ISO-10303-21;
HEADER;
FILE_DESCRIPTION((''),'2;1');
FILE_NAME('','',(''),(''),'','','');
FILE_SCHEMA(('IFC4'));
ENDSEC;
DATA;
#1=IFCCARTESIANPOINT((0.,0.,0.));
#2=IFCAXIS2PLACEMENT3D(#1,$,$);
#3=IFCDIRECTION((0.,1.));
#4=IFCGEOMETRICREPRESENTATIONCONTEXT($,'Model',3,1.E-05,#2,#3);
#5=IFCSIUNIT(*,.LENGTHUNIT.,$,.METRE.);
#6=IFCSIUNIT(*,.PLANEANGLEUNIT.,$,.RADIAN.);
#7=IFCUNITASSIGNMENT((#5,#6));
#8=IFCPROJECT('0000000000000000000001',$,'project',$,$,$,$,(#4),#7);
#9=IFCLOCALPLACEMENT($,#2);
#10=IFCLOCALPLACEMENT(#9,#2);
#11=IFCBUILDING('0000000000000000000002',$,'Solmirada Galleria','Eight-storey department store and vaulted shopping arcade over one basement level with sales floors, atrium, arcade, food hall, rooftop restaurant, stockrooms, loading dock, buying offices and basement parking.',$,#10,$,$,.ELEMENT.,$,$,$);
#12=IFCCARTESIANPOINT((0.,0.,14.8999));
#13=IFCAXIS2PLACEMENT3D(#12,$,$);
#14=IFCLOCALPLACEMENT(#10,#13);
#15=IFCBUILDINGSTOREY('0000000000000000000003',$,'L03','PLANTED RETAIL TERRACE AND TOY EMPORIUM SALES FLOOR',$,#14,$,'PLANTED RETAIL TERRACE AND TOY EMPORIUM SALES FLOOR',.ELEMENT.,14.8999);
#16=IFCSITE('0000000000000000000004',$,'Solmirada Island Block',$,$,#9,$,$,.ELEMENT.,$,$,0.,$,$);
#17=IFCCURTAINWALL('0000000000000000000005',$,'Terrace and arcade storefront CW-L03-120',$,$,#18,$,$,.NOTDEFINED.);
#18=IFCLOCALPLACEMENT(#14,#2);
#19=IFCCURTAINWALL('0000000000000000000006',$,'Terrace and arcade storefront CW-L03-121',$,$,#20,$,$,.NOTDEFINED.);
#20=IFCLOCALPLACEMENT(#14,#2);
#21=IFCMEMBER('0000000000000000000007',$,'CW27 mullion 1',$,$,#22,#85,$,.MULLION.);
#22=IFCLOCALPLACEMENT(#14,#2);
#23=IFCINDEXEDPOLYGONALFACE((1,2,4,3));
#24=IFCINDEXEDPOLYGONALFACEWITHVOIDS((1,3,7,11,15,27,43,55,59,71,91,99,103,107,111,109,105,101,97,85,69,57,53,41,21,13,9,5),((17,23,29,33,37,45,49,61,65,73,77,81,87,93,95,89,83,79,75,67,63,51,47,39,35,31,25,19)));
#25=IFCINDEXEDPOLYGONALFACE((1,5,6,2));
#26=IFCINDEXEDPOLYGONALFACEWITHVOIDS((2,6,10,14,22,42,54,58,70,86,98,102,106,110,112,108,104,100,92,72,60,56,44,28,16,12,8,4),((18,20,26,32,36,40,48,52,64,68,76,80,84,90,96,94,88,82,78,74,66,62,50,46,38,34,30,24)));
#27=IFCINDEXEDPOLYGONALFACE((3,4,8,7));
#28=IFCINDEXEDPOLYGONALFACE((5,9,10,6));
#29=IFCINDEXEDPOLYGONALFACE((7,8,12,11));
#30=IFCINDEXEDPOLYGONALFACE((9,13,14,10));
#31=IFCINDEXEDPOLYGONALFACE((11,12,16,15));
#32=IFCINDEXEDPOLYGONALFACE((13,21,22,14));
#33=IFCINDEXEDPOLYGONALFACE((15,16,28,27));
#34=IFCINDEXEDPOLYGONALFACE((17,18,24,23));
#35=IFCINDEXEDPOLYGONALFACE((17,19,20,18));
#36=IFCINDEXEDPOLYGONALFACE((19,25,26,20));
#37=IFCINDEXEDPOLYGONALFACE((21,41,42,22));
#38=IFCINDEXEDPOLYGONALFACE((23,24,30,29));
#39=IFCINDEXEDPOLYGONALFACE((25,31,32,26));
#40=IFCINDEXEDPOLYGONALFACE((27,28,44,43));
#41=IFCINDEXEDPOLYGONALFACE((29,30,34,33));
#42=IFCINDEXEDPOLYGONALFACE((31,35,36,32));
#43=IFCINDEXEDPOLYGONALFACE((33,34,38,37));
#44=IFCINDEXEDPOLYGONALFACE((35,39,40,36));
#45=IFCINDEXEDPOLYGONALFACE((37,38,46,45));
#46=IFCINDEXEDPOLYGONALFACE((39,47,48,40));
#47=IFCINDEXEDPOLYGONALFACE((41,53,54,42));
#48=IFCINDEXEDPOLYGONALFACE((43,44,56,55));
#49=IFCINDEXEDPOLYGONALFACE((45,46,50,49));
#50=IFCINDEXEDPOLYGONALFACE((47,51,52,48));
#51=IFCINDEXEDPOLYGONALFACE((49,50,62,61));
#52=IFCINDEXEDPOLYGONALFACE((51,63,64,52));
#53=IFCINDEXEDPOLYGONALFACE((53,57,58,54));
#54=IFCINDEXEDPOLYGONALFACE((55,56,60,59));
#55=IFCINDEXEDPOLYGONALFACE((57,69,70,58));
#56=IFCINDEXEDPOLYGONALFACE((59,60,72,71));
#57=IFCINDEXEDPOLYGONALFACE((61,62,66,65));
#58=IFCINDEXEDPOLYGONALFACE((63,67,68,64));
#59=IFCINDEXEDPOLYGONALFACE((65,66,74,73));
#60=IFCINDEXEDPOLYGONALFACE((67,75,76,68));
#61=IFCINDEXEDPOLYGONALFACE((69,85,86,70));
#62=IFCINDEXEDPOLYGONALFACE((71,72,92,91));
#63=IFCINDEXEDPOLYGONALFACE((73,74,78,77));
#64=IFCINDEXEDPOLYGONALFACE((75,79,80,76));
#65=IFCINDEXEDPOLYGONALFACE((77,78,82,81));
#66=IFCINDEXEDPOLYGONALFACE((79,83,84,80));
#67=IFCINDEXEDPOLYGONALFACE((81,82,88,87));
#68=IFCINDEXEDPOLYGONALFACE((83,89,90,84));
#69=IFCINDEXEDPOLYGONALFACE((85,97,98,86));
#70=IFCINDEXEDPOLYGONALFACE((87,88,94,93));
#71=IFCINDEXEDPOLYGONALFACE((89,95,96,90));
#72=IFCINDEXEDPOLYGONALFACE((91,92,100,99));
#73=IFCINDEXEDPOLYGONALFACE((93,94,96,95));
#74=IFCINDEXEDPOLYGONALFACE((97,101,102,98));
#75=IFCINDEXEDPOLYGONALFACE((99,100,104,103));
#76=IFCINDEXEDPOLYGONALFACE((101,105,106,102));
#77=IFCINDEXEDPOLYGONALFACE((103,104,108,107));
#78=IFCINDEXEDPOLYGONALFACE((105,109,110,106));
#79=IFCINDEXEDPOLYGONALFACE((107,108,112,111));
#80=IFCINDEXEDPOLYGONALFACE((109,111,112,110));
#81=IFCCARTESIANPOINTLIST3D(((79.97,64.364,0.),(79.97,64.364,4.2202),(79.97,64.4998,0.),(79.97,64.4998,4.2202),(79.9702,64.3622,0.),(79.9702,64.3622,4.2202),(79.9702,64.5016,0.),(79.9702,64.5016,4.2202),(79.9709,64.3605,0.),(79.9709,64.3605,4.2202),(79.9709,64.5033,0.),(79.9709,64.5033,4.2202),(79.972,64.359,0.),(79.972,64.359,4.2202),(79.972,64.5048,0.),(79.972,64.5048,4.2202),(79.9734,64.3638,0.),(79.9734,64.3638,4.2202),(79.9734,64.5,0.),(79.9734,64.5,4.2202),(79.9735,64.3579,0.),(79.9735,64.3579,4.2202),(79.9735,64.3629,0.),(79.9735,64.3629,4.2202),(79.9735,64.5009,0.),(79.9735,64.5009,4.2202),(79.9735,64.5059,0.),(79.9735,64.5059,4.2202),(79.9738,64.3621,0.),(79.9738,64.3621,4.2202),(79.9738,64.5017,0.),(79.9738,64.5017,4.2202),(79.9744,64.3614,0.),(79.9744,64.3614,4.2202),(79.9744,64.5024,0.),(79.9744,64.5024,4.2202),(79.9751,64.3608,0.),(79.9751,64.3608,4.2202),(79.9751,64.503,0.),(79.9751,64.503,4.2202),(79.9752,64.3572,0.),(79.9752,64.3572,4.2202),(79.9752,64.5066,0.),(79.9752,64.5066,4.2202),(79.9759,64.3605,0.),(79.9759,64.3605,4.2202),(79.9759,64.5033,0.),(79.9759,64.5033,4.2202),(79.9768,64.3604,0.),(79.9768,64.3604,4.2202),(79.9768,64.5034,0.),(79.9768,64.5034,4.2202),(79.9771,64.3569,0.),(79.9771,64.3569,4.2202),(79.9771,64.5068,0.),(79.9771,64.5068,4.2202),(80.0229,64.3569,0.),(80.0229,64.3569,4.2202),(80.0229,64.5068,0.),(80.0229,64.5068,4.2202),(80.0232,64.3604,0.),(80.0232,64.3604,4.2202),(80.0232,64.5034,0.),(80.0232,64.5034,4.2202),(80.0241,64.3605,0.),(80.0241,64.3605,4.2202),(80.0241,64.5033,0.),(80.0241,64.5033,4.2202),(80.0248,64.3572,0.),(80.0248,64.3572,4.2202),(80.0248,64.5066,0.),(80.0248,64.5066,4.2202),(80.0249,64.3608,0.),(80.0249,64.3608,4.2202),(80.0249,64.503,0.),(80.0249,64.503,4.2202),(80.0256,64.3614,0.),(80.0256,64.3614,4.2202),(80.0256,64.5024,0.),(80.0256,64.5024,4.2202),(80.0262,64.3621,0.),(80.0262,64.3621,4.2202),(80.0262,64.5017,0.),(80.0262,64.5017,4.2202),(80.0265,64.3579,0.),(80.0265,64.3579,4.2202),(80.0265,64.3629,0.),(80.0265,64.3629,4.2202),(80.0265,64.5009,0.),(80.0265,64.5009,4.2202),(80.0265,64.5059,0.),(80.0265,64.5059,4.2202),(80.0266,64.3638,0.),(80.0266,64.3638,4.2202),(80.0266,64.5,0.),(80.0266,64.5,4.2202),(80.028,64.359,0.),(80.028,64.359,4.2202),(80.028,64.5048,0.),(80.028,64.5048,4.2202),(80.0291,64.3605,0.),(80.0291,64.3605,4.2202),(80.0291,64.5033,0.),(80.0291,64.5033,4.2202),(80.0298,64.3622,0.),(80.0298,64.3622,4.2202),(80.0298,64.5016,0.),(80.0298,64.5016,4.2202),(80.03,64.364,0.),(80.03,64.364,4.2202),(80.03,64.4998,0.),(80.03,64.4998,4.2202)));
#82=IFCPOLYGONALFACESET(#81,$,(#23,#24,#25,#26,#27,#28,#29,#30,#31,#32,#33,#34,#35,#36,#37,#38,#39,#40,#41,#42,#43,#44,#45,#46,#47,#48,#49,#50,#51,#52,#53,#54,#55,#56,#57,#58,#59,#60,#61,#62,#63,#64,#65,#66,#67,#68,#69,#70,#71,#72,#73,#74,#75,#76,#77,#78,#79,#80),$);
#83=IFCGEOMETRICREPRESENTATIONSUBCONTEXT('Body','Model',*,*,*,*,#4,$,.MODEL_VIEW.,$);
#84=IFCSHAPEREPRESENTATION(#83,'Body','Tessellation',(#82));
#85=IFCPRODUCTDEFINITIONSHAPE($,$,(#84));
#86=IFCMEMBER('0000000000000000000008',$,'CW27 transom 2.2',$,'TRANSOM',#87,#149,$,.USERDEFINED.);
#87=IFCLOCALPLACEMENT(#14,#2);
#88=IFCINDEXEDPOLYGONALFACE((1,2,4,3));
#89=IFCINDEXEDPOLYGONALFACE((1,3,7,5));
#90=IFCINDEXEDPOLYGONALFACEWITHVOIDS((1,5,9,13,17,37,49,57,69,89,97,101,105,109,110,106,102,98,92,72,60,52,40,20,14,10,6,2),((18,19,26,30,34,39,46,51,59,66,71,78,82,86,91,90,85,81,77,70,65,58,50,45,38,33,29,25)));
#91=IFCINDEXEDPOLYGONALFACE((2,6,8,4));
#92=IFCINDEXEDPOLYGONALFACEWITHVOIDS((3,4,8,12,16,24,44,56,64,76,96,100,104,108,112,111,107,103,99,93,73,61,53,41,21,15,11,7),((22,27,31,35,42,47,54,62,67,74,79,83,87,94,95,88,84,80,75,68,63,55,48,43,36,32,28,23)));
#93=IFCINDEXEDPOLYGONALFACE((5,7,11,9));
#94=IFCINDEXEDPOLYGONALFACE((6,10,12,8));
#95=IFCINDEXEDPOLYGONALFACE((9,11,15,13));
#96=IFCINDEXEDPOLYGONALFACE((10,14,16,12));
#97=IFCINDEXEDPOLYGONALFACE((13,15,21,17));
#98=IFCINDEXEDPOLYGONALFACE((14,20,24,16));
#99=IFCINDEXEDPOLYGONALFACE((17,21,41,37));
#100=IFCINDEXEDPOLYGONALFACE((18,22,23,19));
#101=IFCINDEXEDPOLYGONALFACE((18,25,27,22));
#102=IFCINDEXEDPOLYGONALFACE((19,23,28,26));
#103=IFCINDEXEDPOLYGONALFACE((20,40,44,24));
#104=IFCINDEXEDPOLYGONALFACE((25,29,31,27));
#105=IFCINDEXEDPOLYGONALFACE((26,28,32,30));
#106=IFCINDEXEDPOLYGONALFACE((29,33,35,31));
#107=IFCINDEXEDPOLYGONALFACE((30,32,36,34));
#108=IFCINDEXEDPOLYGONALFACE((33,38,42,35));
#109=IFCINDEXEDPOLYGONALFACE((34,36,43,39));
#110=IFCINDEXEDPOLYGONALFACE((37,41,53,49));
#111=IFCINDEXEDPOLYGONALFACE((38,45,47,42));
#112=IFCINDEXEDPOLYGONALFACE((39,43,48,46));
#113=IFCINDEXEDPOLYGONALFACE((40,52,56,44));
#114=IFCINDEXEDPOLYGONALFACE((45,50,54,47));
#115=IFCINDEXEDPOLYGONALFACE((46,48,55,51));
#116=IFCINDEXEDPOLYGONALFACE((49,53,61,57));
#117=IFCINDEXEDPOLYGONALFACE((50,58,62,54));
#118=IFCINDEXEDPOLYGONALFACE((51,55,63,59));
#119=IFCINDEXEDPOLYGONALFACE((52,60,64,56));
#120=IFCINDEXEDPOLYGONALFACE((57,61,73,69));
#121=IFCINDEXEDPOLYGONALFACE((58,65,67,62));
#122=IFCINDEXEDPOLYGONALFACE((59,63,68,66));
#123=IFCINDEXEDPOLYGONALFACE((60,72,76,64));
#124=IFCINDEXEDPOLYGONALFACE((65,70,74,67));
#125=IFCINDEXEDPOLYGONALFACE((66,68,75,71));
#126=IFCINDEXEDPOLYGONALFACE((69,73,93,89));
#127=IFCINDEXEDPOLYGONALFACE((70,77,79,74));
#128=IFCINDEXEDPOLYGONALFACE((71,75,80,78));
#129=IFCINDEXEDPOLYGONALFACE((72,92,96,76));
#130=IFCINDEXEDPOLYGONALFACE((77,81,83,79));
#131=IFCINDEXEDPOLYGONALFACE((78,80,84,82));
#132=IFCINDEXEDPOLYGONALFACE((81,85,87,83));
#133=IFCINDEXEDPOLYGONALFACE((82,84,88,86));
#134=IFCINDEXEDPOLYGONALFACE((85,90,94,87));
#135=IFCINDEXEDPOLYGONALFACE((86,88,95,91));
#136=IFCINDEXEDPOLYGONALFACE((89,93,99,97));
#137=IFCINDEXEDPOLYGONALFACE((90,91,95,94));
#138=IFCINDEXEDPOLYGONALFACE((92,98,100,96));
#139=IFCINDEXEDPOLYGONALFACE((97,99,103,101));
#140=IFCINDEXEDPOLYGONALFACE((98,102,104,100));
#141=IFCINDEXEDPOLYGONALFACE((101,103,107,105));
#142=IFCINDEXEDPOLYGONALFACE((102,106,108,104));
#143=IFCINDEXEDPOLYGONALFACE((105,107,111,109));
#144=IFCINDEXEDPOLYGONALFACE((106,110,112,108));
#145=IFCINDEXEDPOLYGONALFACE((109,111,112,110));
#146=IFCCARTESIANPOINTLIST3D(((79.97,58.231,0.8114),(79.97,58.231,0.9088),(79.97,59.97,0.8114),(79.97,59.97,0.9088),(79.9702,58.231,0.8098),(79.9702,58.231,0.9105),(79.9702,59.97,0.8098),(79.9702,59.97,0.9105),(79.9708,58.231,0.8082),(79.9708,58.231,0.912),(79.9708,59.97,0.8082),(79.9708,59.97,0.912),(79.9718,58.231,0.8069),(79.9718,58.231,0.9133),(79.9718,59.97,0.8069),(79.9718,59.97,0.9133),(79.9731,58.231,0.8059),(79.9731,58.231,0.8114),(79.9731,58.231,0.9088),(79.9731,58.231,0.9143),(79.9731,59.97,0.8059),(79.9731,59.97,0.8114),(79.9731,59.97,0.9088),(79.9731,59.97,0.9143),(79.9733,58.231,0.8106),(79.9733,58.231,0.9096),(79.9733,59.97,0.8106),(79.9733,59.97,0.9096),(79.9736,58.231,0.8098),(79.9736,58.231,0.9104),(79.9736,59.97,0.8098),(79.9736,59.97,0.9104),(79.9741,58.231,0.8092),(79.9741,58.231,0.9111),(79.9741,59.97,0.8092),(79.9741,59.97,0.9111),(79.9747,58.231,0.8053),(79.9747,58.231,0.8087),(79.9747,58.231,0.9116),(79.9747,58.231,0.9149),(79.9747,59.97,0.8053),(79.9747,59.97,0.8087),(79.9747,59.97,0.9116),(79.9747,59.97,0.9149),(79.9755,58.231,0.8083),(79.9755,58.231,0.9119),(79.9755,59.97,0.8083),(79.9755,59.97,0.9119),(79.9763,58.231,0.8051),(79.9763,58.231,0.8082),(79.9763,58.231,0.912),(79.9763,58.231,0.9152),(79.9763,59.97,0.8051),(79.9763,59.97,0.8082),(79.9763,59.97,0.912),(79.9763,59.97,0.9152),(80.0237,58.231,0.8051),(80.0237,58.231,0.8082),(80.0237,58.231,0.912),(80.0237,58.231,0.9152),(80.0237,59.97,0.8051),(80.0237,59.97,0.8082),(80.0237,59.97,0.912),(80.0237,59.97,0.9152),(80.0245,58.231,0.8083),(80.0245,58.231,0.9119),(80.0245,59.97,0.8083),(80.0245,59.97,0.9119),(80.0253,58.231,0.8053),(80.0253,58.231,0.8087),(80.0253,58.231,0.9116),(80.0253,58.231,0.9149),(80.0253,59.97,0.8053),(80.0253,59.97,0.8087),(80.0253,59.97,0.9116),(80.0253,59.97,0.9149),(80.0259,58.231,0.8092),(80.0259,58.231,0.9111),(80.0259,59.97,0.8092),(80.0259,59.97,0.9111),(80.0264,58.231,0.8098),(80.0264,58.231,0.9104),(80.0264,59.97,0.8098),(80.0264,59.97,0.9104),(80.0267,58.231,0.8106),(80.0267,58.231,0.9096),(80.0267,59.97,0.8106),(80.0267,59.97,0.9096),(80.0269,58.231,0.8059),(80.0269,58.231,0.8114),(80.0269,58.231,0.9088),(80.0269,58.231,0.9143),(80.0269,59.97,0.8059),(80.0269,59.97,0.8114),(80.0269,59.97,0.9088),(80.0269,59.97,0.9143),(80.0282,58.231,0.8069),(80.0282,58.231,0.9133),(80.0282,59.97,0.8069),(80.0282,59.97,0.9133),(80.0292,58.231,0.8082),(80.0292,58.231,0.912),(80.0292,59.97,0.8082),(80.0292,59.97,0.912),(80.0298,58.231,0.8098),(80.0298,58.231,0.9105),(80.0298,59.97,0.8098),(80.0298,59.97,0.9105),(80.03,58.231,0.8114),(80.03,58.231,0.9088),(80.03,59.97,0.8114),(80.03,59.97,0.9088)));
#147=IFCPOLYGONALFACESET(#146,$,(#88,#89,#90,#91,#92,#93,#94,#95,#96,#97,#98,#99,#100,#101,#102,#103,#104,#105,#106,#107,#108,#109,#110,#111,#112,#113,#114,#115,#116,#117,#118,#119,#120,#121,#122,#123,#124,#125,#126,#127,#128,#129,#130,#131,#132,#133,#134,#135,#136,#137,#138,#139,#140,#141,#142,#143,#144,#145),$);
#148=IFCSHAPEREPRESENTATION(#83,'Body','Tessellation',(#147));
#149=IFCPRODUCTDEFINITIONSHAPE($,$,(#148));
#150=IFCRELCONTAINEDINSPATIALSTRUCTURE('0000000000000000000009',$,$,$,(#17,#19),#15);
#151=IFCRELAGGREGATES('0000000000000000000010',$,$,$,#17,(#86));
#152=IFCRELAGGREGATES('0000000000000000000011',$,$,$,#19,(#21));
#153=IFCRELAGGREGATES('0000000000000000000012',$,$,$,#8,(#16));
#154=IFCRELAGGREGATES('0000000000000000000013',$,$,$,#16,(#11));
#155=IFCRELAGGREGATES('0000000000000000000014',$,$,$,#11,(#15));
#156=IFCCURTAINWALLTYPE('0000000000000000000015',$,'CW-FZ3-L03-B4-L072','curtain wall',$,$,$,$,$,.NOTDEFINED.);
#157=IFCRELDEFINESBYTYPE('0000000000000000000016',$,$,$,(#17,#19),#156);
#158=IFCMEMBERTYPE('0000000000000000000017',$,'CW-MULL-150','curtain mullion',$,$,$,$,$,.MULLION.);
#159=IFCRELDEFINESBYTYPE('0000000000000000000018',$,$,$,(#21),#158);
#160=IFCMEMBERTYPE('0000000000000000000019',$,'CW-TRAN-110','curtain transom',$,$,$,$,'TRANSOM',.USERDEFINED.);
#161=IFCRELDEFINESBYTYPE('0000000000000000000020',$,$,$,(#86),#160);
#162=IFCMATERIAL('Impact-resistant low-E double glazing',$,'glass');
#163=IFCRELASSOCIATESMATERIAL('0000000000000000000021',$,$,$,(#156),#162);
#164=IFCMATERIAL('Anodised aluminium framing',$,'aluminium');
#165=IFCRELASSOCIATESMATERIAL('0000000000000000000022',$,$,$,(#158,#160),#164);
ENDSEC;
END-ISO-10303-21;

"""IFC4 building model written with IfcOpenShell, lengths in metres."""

from ifc_helpers import new_model, si_unit, direction, frame, origin, origin_2d, place, context, subcontext, project, spatial, hollow_rectangle, extrude, material, material_profile, profile_set, type_object, element, aggregate, save


model = new_model("IFC4")

# Units and contexts
model_context = context("Model", 3, precision=1e-05, world=origin(), true_north=direction((0.0, 1.0)))
body_context = subcontext(model_context, "Body", "Model", "MODEL_VIEW")
ifc_project = project(units=[si_unit("LENGTHUNIT", "METRE"), si_unit("PLANEANGLEUNIT", "RADIAN")], contexts=[model_context])

# Site, building, storey
site_placement = place(None, origin())
site = spatial("IfcSite", under=ifc_project, at=site_placement, Name="Solmirada Island Block", CompositionType="ELEMENT", RefElevation=0.0)
building_placement = place(site_placement, origin())
building = spatial("IfcBuilding", under=site, at=building_placement, Name="Solmirada Galleria", Description="Eight-storey department store and vaulted shopping arcade over one basement level with sales floors, atrium, arcade, food hall, rooftop restaurant, stockrooms, loading dock, buying offices and basement parking.", CompositionType="ELEMENT")
storey_placement = place(building_placement, frame((0.0, 0.0, 14.8999)))
storey = spatial("IfcBuildingStorey", under=building, at=storey_placement, Name="L03", Description="PLANTED RETAIL TERRACE AND TOY EMPORIUM SALES FLOOR", LongName="PLANTED RETAIL TERRACE AND TOY EMPORIUM SALES FLOOR", CompositionType="ELEMENT", Elevation=14.8999)

# Curtain wall
ifc_material_1 = material(Name="Impact-resistant low-E double glazing", Category="glass")
curtain_wall_type = type_object("IfcCurtainWallType", Name="CW-FZ3-L03-B4-L072", Description="curtain wall", PredefinedType="NOTDEFINED", material=ifc_material_1)
curtain_wall_1_placement = place(storey_placement, origin())
curtain_wall_1 = element("IfcCurtainWall", 1, at=curtain_wall_1_placement, inside=storey, type_object=curtain_wall_type, Name="Terrace and arcade storefront CW-L03-120", PredefinedType="NOTDEFINED")
ifc_material_2 = material(Name="Anodised aluminium framing", Category="aluminium")
ifc_material_profile_1 = material_profile(ifc_material_2, hollow_rectangle(XDim=0.0601, YDim=0.1499, WallThickness=0.0034, InnerFilletRadius=0.0034, OuterFilletRadius=0.0071, at=origin_2d()), Name="ALU-MULL-150X60")
ifc_profile_set_1 = profile_set([ifc_material_profile_1], Name="Anodised aluminium framing")
member_type_1 = type_object("IfcMemberType", Name="CW-MULL-150", Description="curtain mullion", PredefinedType="MULLION", material=ifc_profile_set_1)

# Curtain wall, member
curtain_wall_2_placement = place(storey_placement, origin())
curtain_wall_2 = element("IfcCurtainWall", 2, at=curtain_wall_2_placement, inside=storey, type_object=curtain_wall_type, Name="Terrace and arcade storefront CW-L03-121", PredefinedType="NOTDEFINED")
member_1_placement = place(storey_placement, frame((80.0, 64.4319, 0.0), z_axis=(0.0, 0.0, 1.0), x_axis=(-1.0, 0.0, 0.0)))
member_1 = element("IfcMember", 3, at=member_1_placement, type_object=member_type_1, Name="CW27 mullion 1", PredefinedType="MULLION", context=body_context, shape_type="SweptSolid", body=[
    extrude(hollow_rectangle(XDim=0.0601, YDim=0.1499, WallThickness=0.0034, InnerFilletRadius=0.0034, OuterFilletRadius=0.0071, at=origin_2d()), origin(), (0.0, 0.0, 1.0), 4.2202),
])

# Member
ifc_material_profile_2 = material_profile(ifc_material_2, hollow_rectangle(XDim=0.0601, YDim=0.1101, WallThickness=0.0032, InnerFilletRadius=0.0032, OuterFilletRadius=0.0063, at=origin_2d()), Name="ALU-TRAN-110X60")
ifc_profile_set_2 = profile_set([ifc_material_profile_2], Name="Anodised aluminium framing")
member_type_2 = type_object("IfcMemberType", Name="CW-TRAN-110", Description="curtain transom", ElementType="TRANSOM", PredefinedType="USERDEFINED", material=ifc_profile_set_2)
member_2_placement = place(storey_placement, frame((80.0, 58.231, 0.8601), z_axis=(0.0, 1.0, 0.0), x_axis=(-1.0, 0.0, 0.0)))
member_2 = element("IfcMember", 4, at=member_2_placement, type_object=member_type_2, Name="CW27 transom 2.2", ObjectType="TRANSOM", PredefinedType="USERDEFINED", context=body_context, shape_type="SweptSolid", body=[
    extrude(hollow_rectangle(XDim=0.0601, YDim=0.1101, WallThickness=0.0032, InnerFilletRadius=0.0032, OuterFilletRadius=0.0063, at=origin_2d()), origin(), (0.0, 0.0, 1.0), 1.739),
])

aggregate(curtain_wall_1, [member_2])
aggregate(curtain_wall_2, [member_1])

save(model, "model.ifc")
